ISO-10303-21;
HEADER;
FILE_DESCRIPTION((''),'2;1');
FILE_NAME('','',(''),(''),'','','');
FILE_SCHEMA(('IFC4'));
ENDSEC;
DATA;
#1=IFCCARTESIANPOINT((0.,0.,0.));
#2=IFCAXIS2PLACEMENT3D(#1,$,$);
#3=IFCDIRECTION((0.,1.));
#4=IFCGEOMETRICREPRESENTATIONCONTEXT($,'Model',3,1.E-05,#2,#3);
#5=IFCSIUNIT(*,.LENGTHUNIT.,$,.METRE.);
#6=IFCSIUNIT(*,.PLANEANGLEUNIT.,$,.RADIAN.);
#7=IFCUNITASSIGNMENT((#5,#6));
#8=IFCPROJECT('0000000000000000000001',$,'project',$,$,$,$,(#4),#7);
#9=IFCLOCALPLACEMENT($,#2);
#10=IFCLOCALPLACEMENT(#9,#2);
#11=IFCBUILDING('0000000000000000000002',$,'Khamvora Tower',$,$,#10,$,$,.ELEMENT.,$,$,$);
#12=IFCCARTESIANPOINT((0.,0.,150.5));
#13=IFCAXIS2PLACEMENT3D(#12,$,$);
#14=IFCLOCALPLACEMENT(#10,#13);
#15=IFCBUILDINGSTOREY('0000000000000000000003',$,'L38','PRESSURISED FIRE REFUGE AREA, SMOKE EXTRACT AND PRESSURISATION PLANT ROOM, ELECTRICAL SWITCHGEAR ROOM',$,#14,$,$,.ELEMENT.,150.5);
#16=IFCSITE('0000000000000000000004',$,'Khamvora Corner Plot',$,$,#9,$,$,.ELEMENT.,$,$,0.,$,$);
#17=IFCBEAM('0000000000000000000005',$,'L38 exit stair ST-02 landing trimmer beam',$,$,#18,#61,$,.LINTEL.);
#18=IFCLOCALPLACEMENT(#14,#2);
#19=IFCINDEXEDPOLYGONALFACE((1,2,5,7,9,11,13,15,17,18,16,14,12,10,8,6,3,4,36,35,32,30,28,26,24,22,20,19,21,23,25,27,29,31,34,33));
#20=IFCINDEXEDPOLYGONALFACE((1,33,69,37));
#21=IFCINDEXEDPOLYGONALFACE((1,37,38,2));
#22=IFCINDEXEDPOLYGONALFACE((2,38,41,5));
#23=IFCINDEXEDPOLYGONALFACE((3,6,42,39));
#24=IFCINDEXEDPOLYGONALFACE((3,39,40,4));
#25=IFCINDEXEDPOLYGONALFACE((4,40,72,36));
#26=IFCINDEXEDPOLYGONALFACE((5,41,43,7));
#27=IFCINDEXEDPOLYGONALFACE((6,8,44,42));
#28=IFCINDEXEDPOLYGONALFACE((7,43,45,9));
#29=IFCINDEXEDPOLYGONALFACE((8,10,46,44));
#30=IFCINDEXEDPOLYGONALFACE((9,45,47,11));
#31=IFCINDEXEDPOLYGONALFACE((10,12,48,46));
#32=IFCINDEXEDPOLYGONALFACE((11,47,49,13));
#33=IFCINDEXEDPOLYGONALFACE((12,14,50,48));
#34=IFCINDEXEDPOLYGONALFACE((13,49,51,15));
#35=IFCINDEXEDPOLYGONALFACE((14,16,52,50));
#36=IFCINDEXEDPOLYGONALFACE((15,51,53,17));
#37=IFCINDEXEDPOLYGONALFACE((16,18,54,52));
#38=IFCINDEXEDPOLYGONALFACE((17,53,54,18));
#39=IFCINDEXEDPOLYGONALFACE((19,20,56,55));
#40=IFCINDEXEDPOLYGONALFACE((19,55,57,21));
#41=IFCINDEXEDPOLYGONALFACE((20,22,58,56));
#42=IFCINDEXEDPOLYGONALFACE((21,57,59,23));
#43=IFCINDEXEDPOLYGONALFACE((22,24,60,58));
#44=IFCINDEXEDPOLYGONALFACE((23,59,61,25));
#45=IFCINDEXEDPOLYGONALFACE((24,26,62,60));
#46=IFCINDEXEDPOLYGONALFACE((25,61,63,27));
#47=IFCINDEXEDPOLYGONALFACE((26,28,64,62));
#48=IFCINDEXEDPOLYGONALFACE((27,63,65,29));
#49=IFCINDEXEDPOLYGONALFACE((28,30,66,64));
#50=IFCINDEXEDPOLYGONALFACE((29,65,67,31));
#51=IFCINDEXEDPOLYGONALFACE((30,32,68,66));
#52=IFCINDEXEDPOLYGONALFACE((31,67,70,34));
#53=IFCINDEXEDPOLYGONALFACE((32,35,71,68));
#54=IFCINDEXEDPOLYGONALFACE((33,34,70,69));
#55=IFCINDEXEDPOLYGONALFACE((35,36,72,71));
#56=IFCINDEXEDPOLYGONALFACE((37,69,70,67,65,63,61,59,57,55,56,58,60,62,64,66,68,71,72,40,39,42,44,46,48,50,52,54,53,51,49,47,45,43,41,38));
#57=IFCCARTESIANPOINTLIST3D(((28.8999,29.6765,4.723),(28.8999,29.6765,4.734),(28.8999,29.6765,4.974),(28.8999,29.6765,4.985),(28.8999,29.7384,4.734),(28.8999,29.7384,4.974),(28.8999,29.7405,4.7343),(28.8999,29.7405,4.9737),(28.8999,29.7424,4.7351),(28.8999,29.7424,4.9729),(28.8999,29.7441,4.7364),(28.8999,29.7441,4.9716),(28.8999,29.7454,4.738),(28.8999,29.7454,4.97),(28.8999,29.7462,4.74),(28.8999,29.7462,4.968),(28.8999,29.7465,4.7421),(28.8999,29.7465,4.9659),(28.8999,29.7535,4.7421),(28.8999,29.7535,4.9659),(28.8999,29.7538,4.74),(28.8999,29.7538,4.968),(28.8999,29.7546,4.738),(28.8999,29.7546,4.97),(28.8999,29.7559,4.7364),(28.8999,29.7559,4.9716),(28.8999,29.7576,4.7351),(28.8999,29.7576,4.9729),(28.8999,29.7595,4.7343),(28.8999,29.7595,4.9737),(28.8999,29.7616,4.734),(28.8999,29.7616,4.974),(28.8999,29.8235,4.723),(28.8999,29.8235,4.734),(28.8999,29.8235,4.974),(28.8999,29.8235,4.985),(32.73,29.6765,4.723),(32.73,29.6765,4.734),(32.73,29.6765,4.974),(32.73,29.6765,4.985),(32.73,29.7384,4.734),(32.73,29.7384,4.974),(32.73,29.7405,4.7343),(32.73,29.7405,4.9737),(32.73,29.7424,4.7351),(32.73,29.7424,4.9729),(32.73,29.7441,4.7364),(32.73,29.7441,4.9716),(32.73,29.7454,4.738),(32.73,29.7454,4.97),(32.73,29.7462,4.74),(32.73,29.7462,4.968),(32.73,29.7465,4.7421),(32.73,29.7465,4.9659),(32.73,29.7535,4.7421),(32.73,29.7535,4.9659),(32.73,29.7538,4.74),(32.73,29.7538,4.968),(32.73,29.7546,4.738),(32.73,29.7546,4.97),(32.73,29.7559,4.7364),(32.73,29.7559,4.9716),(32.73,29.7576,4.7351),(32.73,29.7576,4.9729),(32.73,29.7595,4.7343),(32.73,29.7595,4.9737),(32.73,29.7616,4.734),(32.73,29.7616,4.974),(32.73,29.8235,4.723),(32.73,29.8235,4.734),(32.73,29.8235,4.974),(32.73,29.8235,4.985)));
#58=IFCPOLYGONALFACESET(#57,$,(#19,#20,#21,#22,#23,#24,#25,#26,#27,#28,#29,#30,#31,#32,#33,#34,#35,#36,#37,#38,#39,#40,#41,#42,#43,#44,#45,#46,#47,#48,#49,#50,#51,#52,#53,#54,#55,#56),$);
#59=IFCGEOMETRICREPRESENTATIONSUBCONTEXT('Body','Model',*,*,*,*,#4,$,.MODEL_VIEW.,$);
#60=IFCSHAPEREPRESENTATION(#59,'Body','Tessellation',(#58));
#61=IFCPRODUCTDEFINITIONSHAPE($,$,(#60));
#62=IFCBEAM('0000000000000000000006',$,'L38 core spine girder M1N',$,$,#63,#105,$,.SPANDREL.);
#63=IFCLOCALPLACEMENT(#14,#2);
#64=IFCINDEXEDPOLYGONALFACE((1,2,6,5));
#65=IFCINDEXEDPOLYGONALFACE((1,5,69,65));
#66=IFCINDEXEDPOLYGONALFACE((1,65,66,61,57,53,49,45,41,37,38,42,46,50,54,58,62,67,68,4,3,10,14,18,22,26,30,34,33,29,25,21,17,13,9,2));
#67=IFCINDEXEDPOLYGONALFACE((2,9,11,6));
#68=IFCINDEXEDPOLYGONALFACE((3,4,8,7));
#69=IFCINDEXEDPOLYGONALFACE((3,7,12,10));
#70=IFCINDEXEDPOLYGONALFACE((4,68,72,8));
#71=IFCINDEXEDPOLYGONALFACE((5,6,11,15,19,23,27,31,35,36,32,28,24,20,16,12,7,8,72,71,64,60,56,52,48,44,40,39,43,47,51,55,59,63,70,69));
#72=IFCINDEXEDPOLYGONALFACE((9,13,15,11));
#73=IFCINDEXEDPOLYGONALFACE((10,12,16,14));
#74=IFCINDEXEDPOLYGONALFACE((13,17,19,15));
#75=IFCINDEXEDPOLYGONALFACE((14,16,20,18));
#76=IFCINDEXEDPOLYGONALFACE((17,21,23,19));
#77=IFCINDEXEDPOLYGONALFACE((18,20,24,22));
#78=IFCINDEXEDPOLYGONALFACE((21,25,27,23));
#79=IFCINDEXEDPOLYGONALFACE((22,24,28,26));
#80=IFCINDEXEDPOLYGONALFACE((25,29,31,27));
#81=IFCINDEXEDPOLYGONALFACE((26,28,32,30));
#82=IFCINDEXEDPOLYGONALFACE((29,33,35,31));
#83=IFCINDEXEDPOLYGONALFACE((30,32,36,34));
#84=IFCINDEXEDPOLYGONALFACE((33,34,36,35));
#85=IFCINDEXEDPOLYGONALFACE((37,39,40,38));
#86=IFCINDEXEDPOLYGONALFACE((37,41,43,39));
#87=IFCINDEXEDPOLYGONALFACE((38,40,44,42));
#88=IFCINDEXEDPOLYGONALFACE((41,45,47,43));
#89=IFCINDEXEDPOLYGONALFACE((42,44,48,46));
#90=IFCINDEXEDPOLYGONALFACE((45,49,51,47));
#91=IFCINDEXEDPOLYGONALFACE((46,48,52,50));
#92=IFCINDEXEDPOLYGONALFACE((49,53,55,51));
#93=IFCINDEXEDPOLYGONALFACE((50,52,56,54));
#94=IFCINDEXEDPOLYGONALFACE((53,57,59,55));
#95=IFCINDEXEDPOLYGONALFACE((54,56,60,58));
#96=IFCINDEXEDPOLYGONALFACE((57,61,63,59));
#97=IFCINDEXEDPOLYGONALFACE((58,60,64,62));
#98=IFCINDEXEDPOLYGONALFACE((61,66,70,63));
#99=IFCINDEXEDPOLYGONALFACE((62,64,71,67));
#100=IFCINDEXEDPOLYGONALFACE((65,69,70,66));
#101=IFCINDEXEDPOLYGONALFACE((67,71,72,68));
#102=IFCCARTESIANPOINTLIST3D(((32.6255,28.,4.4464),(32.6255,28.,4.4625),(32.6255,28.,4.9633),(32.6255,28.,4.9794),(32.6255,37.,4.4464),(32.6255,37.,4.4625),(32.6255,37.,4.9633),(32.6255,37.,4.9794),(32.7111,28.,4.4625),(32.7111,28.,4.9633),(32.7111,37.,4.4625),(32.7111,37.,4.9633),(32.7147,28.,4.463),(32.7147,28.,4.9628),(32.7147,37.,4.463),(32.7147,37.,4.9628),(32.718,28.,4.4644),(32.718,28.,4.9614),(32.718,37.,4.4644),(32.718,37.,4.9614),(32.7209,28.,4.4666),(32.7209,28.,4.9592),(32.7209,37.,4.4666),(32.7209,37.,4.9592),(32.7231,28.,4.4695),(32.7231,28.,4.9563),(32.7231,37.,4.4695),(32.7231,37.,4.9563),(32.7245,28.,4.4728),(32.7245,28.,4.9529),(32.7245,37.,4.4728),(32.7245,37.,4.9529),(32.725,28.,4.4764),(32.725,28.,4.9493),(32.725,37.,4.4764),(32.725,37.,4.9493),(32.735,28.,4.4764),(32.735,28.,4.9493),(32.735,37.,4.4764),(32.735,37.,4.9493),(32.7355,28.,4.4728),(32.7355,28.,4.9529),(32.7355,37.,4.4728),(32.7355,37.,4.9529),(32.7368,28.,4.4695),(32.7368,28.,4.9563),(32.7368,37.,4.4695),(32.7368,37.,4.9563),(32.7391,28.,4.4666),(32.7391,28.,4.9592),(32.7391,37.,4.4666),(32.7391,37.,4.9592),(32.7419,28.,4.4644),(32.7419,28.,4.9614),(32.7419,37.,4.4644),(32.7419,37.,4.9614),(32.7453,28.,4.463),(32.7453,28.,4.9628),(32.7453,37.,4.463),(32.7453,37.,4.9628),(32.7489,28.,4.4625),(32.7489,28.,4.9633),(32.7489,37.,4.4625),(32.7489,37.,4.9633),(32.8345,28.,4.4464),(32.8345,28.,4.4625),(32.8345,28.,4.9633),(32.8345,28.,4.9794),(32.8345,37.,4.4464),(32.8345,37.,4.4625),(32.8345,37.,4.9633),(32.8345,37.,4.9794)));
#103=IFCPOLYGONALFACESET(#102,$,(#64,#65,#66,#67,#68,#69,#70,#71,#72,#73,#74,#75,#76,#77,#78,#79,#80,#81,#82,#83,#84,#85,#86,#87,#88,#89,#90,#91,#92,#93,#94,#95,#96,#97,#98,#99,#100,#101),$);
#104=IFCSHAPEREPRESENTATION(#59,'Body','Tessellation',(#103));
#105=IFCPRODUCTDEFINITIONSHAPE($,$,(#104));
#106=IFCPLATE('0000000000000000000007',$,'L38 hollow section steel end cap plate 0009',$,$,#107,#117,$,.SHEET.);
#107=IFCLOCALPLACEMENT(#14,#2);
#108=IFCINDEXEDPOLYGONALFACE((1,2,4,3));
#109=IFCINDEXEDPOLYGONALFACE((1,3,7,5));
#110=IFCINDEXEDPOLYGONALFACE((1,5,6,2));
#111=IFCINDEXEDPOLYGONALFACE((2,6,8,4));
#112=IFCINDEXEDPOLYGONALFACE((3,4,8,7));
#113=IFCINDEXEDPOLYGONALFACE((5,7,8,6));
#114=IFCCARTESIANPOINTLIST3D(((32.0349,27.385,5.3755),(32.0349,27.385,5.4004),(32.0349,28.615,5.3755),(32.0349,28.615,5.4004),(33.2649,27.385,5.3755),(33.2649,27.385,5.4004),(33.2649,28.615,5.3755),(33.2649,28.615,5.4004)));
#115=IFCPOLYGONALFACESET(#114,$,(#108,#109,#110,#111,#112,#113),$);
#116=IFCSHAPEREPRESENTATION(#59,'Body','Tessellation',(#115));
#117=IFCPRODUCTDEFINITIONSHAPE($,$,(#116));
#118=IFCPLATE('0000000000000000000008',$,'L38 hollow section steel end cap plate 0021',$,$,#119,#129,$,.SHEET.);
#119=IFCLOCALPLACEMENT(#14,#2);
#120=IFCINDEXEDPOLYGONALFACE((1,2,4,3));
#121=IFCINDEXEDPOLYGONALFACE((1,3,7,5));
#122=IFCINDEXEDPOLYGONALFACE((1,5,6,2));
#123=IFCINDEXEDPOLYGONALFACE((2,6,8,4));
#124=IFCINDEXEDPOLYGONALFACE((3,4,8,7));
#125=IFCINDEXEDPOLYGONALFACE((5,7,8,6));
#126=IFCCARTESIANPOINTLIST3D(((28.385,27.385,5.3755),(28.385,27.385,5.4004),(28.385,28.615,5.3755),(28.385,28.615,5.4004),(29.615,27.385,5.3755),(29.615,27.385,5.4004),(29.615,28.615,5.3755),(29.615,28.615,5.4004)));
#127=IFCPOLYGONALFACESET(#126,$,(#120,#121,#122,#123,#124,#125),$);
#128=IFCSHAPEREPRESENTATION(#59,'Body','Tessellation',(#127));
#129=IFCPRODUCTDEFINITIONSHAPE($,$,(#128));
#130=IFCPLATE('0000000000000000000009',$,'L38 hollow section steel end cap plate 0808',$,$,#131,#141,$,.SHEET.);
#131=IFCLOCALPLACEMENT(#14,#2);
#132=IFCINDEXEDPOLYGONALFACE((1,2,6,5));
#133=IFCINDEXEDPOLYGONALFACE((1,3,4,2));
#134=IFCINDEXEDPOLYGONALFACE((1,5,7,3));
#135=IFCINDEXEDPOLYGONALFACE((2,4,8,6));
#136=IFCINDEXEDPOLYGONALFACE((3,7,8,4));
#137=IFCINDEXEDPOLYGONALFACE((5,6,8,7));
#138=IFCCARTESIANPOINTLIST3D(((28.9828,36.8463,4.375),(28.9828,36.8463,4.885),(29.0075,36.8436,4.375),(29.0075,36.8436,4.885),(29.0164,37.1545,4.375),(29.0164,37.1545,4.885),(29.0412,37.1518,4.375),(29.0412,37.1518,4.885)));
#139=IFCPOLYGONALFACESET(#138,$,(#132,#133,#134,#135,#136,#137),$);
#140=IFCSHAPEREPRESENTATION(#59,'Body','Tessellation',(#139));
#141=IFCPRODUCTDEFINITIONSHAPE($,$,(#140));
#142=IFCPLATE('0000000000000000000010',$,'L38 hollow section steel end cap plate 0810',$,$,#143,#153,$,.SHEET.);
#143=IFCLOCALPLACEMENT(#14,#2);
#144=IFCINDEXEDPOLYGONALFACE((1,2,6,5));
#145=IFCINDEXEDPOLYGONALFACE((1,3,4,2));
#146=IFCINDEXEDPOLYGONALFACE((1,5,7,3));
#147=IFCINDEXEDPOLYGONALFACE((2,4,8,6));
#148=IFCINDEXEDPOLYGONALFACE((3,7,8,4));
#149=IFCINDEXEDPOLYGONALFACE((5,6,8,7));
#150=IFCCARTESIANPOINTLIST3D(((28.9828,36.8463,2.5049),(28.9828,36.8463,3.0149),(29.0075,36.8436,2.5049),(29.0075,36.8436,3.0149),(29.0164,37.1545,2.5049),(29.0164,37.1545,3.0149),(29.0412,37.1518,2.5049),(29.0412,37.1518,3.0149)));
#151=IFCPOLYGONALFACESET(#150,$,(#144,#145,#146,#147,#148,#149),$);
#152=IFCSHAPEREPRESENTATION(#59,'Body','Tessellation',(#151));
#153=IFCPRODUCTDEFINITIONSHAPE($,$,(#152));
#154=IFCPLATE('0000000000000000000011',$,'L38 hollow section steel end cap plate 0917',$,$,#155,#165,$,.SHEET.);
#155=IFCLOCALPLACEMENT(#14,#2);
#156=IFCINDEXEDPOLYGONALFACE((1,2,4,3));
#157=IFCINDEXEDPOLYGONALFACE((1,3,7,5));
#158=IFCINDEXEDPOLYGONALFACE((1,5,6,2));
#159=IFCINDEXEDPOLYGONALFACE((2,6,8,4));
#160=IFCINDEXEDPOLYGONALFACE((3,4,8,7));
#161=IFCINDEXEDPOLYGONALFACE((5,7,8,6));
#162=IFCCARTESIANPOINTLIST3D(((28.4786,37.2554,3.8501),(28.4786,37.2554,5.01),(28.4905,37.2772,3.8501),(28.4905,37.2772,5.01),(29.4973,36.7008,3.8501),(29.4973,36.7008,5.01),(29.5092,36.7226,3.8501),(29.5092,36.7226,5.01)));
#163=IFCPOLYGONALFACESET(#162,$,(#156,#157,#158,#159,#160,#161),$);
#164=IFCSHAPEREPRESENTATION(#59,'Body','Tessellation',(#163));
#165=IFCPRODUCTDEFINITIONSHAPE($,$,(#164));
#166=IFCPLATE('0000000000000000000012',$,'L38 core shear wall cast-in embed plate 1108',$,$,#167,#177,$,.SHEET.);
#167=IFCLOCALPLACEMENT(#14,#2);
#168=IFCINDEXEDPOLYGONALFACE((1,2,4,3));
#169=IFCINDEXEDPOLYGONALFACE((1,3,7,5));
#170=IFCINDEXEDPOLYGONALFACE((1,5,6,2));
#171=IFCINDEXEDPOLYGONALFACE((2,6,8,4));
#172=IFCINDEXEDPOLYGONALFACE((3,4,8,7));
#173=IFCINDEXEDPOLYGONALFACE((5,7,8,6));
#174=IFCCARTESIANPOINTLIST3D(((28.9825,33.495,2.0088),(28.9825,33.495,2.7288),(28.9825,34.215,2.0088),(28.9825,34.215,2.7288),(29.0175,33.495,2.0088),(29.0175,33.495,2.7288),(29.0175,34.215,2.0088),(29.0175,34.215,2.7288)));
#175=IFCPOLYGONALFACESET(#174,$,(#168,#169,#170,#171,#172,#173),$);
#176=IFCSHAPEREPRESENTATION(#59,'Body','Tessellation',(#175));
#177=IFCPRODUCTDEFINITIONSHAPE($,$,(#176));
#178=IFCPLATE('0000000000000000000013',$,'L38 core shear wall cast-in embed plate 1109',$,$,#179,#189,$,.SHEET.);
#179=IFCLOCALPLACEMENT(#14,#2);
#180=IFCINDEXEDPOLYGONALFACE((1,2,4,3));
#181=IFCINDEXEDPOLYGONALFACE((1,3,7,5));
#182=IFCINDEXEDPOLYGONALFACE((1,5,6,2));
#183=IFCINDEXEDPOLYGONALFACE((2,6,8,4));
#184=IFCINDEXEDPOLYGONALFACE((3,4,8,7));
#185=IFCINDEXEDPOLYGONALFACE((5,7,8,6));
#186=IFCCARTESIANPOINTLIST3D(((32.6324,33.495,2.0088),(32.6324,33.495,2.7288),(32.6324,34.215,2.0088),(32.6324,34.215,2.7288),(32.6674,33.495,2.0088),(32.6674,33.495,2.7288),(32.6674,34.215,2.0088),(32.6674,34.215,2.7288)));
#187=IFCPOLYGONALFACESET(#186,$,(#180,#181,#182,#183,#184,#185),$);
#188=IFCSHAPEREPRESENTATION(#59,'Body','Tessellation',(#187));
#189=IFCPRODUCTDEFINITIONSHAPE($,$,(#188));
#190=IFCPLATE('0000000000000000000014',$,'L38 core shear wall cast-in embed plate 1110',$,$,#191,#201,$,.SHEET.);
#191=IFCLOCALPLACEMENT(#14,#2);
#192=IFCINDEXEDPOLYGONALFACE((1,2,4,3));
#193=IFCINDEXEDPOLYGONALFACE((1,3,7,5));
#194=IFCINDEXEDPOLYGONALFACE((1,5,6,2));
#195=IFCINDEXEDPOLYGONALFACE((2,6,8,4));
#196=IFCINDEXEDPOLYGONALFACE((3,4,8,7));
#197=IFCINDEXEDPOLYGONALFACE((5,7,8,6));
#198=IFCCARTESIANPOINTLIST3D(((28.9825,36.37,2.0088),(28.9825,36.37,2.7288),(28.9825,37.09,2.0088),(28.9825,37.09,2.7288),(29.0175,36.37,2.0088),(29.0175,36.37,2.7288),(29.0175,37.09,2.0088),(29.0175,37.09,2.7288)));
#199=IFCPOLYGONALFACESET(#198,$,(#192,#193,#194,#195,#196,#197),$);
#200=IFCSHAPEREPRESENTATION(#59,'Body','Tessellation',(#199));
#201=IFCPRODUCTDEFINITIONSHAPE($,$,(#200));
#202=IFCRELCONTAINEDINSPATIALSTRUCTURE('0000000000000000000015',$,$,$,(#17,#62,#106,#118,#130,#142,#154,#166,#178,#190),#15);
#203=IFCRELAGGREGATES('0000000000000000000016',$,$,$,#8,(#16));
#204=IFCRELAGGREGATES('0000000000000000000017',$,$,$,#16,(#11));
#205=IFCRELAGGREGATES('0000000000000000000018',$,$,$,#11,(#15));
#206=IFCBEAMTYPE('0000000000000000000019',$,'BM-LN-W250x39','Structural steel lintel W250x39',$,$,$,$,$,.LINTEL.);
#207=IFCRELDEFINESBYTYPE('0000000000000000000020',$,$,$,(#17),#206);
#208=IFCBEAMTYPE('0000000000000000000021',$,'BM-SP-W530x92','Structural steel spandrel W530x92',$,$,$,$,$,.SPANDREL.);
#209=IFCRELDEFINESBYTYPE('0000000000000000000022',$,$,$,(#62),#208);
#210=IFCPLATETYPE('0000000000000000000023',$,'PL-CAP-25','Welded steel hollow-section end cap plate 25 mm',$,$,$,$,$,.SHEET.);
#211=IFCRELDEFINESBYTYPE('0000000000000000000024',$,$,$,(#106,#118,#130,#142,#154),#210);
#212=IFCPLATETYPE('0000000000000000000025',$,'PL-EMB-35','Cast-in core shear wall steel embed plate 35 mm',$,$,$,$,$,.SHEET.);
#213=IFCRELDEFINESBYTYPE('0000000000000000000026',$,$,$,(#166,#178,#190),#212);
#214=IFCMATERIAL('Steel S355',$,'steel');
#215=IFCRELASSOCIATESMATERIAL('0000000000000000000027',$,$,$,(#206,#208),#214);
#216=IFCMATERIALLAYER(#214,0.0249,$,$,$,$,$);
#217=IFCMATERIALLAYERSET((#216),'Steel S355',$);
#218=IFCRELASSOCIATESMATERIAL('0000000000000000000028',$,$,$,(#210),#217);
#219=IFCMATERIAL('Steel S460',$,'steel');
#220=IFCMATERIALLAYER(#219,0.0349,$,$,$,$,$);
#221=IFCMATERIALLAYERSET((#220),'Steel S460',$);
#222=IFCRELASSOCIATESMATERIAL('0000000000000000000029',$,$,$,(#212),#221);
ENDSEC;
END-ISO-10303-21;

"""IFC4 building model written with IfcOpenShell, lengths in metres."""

from ifc_helpers import new_model, si_unit, direction, frame, origin, origin_2d, place, context, subcontext, project, spatial, rectangle, i_section, extrude, material, layer, layer_set, material_profile, profile_set, type_object, element, save


model = new_model("IFC4")

# Units and contexts
model_context = context("Model", 3, precision=1e-05, world=origin(), true_north=direction((0.0, 1.0)))
body_context = subcontext(model_context, "Body", "Model", "MODEL_VIEW")
ifc_project = project(units=[si_unit("LENGTHUNIT", "METRE"), si_unit("PLANEANGLEUNIT", "RADIAN")], contexts=[model_context])

# Site, building, storey
site_placement = place(None, origin())
site = spatial("IfcSite", under=ifc_project, at=site_placement, Name="Khamvora Corner Plot", CompositionType="ELEMENT", RefElevation=0.0)
building_placement = place(site_placement, origin())
building = spatial("IfcBuilding", under=site, at=building_placement, Name="Khamvora Tower", CompositionType="ELEMENT")
storey_placement = place(building_placement, frame((0.0, 0.0, 150.5)))
storey = spatial("IfcBuildingStorey", under=building, at=storey_placement, Name="L38", Description="PRESSURISED FIRE REFUGE AREA, SMOKE EXTRACT AND PRESSURISATION PLANT ROOM, ELECTRICAL SWITCHGEAR ROOM", CompositionType="ELEMENT", Elevation=150.5)

# Shared definitions
ifc_material_1 = material(Name="Steel S460", Category="steel")

# Beams
ifc_material_2 = material(Name="Steel S355", Category="steel")
ifc_material_profile_1 = material_profile(ifc_material_2, i_section(OverallWidth=0.147, OverallDepth=0.262, WebThickness=0.0071, FlangeThickness=0.011, FilletRadius=0.0081, at=origin_2d()), Name="W250x39")
ifc_profile_set_1 = profile_set([ifc_material_profile_1], Name="Steel S355")
beam_type_1 = type_object("IfcBeamType", Name="BM-LN-W250x39", Description="Structural steel lintel W250x39", PredefinedType="LINTEL", material=ifc_profile_set_1)
beam_1_placement = place(storey_placement, frame((28.8999, 29.75, 4.854), z_axis=(1.0, 0.0, 0.0), x_axis=(0.0, 1.0, 0.0)))
element("IfcBeam", 1, at=beam_1_placement, inside=storey, type_object=beam_type_1, Name="L38 exit stair ST-02 landing trimmer beam", PredefinedType="LINTEL", context=body_context, shape_type="SweptSolid", body=[
    extrude(i_section(OverallWidth=0.147, OverallDepth=0.262, WebThickness=0.0071, FlangeThickness=0.011, FilletRadius=0.0081, at=origin_2d()), origin(), (0.0, 0.0, 1.0), 3.8301),
])
ifc_material_profile_2 = material_profile(ifc_material_2, i_section(OverallWidth=0.209, OverallDepth=0.533, WebThickness=0.01, FlangeThickness=0.0161, FilletRadius=0.0139, at=origin_2d()), Name="W530x92")
ifc_profile_set_2 = profile_set([ifc_material_profile_2], Name="Steel S355")
beam_type_2 = type_object("IfcBeamType", Name="BM-SP-W530x92", Description="Structural steel spandrel W530x92", PredefinedType="SPANDREL", material=ifc_profile_set_2)
beam_2_placement = place(storey_placement, frame((32.73, 28.0, 4.7129), z_axis=(0.0, 1.0, 0.0), x_axis=(-1.0, 0.0, 0.0)))
element("IfcBeam", 2, at=beam_2_placement, inside=storey, type_object=beam_type_2, Name="L38 core spine girder M1N", PredefinedType="SPANDREL", context=body_context, shape_type="SweptSolid", body=[
    extrude(i_section(OverallWidth=0.209, OverallDepth=0.533, WebThickness=0.01, FlangeThickness=0.0161, FilletRadius=0.0139, at=origin_2d()), origin(), (0.0, 0.0, 1.0), 9.0),
])

# Plates
ifc_layer_1 = layer(ifc_material_2, 0.0249)
ifc_layer_set_1 = layer_set([ifc_layer_1], Name="Steel S355")
plate_type_1 = type_object("IfcPlateType", Name="PL-CAP-25", Description="Welded steel hollow-section end cap plate 25 mm", PredefinedType="SHEET", material=ifc_layer_set_1)
for number, where, z_axis, x_axis, name in (
    (3, (32.6499, 28.0, 5.3755), (0.0, 0.0, 1.0), (1.0, 0.0, 0.0), "L38 hollow section steel end cap plate 0009"),
    (4, (29.0, 28.0, 5.3755), (0.0, 0.0, 1.0), (1.0, 0.0, 0.0), "L38 hollow section steel end cap plate 0021"),
):
    element("IfcPlate", number, at=place(storey_placement, frame(where, z_axis=z_axis, x_axis=x_axis)), inside=storey, type_object=plate_type_1, Name=name, PredefinedType="SHEET", context=body_context, shape_type="SweptSolid", body=[
        extrude(rectangle(XDim=1.23, YDim=1.23, at=origin_2d()), origin(), (0.0, 0.0, 1.0), 0.0249),
    ])
for number, where, z_axis, x_axis, name in (
    (5, (29.012, 36.999, 4.375), (0.0, 0.0, 1.0), (-0.994102, 0.10845, 0.0), "L38 hollow section steel end cap plate 0808"),
    (6, (29.012, 36.999, 2.5049), (0.0, 0.0, 1.0), (-0.994102, 0.10845, 0.0), "L38 hollow section steel end cap plate 0810"),
):
    element("IfcPlate", number, at=place(storey_placement, frame(where, z_axis=z_axis, x_axis=x_axis)), inside=storey, type_object=plate_type_1, Name=name, PredefinedType="SHEET", context=body_context, shape_type="SweptSolid", body=[
        extrude(rectangle(XDim=0.0249, YDim=0.3101, at=origin_2d()), origin(), (0.0, 0.0, 1.0), 0.51),
    ])
plate_1_placement = place(storey_placement, frame((28.9939, 36.989, 3.8501), z_axis=(0.0, 0.0, 1.0), x_axis=(0.47814, 0.878284, 0.0)))
element("IfcPlate", 7, at=plate_1_placement, inside=storey, type_object=plate_type_1, Name="L38 hollow section steel end cap plate 0917", PredefinedType="SHEET", context=body_context, shape_type="SweptSolid", body=[
    extrude(rectangle(XDim=0.0249, YDim=1.1599, at=origin_2d()), origin(), (0.0, 0.0, 1.0), 1.1599),
])
ifc_layer_2 = layer(ifc_material_1, 0.0349)
ifc_layer_set_2 = layer_set([ifc_layer_2], Name="Steel S460")
plate_type_2 = type_object("IfcPlateType", Name="PL-EMB-35", Description="Cast-in core shear wall steel embed plate 35 mm", PredefinedType="SHEET", material=ifc_layer_set_2)
for number, where, z_axis, x_axis, name in (
    (8, (29.0, 33.855, 2.0088), (0.0, 0.0, 1.0), (1.0, 0.0, 0.0), "L38 core shear wall cast-in embed plate 1108"),
    (9, (32.6499, 33.855, 2.0088), (0.0, 0.0, 1.0), (1.0, 0.0, 0.0), "L38 core shear wall cast-in embed plate 1109"),
    (10, (29.0, 36.73, 2.0088), (0.0, 0.0, 1.0), (1.0, 0.0, 0.0), "L38 core shear wall cast-in embed plate 1110"),
):
    element("IfcPlate", number, at=place(storey_placement, frame(where, z_axis=z_axis, x_axis=x_axis)), inside=storey, type_object=plate_type_2, Name=name, PredefinedType="SHEET", context=body_context, shape_type="SweptSolid", body=[
        extrude(rectangle(XDim=0.0349, YDim=0.72, at=origin_2d()), origin(), (0.0, 0.0, 1.0), 0.72),
    ])

save(model, "model.ifc")
